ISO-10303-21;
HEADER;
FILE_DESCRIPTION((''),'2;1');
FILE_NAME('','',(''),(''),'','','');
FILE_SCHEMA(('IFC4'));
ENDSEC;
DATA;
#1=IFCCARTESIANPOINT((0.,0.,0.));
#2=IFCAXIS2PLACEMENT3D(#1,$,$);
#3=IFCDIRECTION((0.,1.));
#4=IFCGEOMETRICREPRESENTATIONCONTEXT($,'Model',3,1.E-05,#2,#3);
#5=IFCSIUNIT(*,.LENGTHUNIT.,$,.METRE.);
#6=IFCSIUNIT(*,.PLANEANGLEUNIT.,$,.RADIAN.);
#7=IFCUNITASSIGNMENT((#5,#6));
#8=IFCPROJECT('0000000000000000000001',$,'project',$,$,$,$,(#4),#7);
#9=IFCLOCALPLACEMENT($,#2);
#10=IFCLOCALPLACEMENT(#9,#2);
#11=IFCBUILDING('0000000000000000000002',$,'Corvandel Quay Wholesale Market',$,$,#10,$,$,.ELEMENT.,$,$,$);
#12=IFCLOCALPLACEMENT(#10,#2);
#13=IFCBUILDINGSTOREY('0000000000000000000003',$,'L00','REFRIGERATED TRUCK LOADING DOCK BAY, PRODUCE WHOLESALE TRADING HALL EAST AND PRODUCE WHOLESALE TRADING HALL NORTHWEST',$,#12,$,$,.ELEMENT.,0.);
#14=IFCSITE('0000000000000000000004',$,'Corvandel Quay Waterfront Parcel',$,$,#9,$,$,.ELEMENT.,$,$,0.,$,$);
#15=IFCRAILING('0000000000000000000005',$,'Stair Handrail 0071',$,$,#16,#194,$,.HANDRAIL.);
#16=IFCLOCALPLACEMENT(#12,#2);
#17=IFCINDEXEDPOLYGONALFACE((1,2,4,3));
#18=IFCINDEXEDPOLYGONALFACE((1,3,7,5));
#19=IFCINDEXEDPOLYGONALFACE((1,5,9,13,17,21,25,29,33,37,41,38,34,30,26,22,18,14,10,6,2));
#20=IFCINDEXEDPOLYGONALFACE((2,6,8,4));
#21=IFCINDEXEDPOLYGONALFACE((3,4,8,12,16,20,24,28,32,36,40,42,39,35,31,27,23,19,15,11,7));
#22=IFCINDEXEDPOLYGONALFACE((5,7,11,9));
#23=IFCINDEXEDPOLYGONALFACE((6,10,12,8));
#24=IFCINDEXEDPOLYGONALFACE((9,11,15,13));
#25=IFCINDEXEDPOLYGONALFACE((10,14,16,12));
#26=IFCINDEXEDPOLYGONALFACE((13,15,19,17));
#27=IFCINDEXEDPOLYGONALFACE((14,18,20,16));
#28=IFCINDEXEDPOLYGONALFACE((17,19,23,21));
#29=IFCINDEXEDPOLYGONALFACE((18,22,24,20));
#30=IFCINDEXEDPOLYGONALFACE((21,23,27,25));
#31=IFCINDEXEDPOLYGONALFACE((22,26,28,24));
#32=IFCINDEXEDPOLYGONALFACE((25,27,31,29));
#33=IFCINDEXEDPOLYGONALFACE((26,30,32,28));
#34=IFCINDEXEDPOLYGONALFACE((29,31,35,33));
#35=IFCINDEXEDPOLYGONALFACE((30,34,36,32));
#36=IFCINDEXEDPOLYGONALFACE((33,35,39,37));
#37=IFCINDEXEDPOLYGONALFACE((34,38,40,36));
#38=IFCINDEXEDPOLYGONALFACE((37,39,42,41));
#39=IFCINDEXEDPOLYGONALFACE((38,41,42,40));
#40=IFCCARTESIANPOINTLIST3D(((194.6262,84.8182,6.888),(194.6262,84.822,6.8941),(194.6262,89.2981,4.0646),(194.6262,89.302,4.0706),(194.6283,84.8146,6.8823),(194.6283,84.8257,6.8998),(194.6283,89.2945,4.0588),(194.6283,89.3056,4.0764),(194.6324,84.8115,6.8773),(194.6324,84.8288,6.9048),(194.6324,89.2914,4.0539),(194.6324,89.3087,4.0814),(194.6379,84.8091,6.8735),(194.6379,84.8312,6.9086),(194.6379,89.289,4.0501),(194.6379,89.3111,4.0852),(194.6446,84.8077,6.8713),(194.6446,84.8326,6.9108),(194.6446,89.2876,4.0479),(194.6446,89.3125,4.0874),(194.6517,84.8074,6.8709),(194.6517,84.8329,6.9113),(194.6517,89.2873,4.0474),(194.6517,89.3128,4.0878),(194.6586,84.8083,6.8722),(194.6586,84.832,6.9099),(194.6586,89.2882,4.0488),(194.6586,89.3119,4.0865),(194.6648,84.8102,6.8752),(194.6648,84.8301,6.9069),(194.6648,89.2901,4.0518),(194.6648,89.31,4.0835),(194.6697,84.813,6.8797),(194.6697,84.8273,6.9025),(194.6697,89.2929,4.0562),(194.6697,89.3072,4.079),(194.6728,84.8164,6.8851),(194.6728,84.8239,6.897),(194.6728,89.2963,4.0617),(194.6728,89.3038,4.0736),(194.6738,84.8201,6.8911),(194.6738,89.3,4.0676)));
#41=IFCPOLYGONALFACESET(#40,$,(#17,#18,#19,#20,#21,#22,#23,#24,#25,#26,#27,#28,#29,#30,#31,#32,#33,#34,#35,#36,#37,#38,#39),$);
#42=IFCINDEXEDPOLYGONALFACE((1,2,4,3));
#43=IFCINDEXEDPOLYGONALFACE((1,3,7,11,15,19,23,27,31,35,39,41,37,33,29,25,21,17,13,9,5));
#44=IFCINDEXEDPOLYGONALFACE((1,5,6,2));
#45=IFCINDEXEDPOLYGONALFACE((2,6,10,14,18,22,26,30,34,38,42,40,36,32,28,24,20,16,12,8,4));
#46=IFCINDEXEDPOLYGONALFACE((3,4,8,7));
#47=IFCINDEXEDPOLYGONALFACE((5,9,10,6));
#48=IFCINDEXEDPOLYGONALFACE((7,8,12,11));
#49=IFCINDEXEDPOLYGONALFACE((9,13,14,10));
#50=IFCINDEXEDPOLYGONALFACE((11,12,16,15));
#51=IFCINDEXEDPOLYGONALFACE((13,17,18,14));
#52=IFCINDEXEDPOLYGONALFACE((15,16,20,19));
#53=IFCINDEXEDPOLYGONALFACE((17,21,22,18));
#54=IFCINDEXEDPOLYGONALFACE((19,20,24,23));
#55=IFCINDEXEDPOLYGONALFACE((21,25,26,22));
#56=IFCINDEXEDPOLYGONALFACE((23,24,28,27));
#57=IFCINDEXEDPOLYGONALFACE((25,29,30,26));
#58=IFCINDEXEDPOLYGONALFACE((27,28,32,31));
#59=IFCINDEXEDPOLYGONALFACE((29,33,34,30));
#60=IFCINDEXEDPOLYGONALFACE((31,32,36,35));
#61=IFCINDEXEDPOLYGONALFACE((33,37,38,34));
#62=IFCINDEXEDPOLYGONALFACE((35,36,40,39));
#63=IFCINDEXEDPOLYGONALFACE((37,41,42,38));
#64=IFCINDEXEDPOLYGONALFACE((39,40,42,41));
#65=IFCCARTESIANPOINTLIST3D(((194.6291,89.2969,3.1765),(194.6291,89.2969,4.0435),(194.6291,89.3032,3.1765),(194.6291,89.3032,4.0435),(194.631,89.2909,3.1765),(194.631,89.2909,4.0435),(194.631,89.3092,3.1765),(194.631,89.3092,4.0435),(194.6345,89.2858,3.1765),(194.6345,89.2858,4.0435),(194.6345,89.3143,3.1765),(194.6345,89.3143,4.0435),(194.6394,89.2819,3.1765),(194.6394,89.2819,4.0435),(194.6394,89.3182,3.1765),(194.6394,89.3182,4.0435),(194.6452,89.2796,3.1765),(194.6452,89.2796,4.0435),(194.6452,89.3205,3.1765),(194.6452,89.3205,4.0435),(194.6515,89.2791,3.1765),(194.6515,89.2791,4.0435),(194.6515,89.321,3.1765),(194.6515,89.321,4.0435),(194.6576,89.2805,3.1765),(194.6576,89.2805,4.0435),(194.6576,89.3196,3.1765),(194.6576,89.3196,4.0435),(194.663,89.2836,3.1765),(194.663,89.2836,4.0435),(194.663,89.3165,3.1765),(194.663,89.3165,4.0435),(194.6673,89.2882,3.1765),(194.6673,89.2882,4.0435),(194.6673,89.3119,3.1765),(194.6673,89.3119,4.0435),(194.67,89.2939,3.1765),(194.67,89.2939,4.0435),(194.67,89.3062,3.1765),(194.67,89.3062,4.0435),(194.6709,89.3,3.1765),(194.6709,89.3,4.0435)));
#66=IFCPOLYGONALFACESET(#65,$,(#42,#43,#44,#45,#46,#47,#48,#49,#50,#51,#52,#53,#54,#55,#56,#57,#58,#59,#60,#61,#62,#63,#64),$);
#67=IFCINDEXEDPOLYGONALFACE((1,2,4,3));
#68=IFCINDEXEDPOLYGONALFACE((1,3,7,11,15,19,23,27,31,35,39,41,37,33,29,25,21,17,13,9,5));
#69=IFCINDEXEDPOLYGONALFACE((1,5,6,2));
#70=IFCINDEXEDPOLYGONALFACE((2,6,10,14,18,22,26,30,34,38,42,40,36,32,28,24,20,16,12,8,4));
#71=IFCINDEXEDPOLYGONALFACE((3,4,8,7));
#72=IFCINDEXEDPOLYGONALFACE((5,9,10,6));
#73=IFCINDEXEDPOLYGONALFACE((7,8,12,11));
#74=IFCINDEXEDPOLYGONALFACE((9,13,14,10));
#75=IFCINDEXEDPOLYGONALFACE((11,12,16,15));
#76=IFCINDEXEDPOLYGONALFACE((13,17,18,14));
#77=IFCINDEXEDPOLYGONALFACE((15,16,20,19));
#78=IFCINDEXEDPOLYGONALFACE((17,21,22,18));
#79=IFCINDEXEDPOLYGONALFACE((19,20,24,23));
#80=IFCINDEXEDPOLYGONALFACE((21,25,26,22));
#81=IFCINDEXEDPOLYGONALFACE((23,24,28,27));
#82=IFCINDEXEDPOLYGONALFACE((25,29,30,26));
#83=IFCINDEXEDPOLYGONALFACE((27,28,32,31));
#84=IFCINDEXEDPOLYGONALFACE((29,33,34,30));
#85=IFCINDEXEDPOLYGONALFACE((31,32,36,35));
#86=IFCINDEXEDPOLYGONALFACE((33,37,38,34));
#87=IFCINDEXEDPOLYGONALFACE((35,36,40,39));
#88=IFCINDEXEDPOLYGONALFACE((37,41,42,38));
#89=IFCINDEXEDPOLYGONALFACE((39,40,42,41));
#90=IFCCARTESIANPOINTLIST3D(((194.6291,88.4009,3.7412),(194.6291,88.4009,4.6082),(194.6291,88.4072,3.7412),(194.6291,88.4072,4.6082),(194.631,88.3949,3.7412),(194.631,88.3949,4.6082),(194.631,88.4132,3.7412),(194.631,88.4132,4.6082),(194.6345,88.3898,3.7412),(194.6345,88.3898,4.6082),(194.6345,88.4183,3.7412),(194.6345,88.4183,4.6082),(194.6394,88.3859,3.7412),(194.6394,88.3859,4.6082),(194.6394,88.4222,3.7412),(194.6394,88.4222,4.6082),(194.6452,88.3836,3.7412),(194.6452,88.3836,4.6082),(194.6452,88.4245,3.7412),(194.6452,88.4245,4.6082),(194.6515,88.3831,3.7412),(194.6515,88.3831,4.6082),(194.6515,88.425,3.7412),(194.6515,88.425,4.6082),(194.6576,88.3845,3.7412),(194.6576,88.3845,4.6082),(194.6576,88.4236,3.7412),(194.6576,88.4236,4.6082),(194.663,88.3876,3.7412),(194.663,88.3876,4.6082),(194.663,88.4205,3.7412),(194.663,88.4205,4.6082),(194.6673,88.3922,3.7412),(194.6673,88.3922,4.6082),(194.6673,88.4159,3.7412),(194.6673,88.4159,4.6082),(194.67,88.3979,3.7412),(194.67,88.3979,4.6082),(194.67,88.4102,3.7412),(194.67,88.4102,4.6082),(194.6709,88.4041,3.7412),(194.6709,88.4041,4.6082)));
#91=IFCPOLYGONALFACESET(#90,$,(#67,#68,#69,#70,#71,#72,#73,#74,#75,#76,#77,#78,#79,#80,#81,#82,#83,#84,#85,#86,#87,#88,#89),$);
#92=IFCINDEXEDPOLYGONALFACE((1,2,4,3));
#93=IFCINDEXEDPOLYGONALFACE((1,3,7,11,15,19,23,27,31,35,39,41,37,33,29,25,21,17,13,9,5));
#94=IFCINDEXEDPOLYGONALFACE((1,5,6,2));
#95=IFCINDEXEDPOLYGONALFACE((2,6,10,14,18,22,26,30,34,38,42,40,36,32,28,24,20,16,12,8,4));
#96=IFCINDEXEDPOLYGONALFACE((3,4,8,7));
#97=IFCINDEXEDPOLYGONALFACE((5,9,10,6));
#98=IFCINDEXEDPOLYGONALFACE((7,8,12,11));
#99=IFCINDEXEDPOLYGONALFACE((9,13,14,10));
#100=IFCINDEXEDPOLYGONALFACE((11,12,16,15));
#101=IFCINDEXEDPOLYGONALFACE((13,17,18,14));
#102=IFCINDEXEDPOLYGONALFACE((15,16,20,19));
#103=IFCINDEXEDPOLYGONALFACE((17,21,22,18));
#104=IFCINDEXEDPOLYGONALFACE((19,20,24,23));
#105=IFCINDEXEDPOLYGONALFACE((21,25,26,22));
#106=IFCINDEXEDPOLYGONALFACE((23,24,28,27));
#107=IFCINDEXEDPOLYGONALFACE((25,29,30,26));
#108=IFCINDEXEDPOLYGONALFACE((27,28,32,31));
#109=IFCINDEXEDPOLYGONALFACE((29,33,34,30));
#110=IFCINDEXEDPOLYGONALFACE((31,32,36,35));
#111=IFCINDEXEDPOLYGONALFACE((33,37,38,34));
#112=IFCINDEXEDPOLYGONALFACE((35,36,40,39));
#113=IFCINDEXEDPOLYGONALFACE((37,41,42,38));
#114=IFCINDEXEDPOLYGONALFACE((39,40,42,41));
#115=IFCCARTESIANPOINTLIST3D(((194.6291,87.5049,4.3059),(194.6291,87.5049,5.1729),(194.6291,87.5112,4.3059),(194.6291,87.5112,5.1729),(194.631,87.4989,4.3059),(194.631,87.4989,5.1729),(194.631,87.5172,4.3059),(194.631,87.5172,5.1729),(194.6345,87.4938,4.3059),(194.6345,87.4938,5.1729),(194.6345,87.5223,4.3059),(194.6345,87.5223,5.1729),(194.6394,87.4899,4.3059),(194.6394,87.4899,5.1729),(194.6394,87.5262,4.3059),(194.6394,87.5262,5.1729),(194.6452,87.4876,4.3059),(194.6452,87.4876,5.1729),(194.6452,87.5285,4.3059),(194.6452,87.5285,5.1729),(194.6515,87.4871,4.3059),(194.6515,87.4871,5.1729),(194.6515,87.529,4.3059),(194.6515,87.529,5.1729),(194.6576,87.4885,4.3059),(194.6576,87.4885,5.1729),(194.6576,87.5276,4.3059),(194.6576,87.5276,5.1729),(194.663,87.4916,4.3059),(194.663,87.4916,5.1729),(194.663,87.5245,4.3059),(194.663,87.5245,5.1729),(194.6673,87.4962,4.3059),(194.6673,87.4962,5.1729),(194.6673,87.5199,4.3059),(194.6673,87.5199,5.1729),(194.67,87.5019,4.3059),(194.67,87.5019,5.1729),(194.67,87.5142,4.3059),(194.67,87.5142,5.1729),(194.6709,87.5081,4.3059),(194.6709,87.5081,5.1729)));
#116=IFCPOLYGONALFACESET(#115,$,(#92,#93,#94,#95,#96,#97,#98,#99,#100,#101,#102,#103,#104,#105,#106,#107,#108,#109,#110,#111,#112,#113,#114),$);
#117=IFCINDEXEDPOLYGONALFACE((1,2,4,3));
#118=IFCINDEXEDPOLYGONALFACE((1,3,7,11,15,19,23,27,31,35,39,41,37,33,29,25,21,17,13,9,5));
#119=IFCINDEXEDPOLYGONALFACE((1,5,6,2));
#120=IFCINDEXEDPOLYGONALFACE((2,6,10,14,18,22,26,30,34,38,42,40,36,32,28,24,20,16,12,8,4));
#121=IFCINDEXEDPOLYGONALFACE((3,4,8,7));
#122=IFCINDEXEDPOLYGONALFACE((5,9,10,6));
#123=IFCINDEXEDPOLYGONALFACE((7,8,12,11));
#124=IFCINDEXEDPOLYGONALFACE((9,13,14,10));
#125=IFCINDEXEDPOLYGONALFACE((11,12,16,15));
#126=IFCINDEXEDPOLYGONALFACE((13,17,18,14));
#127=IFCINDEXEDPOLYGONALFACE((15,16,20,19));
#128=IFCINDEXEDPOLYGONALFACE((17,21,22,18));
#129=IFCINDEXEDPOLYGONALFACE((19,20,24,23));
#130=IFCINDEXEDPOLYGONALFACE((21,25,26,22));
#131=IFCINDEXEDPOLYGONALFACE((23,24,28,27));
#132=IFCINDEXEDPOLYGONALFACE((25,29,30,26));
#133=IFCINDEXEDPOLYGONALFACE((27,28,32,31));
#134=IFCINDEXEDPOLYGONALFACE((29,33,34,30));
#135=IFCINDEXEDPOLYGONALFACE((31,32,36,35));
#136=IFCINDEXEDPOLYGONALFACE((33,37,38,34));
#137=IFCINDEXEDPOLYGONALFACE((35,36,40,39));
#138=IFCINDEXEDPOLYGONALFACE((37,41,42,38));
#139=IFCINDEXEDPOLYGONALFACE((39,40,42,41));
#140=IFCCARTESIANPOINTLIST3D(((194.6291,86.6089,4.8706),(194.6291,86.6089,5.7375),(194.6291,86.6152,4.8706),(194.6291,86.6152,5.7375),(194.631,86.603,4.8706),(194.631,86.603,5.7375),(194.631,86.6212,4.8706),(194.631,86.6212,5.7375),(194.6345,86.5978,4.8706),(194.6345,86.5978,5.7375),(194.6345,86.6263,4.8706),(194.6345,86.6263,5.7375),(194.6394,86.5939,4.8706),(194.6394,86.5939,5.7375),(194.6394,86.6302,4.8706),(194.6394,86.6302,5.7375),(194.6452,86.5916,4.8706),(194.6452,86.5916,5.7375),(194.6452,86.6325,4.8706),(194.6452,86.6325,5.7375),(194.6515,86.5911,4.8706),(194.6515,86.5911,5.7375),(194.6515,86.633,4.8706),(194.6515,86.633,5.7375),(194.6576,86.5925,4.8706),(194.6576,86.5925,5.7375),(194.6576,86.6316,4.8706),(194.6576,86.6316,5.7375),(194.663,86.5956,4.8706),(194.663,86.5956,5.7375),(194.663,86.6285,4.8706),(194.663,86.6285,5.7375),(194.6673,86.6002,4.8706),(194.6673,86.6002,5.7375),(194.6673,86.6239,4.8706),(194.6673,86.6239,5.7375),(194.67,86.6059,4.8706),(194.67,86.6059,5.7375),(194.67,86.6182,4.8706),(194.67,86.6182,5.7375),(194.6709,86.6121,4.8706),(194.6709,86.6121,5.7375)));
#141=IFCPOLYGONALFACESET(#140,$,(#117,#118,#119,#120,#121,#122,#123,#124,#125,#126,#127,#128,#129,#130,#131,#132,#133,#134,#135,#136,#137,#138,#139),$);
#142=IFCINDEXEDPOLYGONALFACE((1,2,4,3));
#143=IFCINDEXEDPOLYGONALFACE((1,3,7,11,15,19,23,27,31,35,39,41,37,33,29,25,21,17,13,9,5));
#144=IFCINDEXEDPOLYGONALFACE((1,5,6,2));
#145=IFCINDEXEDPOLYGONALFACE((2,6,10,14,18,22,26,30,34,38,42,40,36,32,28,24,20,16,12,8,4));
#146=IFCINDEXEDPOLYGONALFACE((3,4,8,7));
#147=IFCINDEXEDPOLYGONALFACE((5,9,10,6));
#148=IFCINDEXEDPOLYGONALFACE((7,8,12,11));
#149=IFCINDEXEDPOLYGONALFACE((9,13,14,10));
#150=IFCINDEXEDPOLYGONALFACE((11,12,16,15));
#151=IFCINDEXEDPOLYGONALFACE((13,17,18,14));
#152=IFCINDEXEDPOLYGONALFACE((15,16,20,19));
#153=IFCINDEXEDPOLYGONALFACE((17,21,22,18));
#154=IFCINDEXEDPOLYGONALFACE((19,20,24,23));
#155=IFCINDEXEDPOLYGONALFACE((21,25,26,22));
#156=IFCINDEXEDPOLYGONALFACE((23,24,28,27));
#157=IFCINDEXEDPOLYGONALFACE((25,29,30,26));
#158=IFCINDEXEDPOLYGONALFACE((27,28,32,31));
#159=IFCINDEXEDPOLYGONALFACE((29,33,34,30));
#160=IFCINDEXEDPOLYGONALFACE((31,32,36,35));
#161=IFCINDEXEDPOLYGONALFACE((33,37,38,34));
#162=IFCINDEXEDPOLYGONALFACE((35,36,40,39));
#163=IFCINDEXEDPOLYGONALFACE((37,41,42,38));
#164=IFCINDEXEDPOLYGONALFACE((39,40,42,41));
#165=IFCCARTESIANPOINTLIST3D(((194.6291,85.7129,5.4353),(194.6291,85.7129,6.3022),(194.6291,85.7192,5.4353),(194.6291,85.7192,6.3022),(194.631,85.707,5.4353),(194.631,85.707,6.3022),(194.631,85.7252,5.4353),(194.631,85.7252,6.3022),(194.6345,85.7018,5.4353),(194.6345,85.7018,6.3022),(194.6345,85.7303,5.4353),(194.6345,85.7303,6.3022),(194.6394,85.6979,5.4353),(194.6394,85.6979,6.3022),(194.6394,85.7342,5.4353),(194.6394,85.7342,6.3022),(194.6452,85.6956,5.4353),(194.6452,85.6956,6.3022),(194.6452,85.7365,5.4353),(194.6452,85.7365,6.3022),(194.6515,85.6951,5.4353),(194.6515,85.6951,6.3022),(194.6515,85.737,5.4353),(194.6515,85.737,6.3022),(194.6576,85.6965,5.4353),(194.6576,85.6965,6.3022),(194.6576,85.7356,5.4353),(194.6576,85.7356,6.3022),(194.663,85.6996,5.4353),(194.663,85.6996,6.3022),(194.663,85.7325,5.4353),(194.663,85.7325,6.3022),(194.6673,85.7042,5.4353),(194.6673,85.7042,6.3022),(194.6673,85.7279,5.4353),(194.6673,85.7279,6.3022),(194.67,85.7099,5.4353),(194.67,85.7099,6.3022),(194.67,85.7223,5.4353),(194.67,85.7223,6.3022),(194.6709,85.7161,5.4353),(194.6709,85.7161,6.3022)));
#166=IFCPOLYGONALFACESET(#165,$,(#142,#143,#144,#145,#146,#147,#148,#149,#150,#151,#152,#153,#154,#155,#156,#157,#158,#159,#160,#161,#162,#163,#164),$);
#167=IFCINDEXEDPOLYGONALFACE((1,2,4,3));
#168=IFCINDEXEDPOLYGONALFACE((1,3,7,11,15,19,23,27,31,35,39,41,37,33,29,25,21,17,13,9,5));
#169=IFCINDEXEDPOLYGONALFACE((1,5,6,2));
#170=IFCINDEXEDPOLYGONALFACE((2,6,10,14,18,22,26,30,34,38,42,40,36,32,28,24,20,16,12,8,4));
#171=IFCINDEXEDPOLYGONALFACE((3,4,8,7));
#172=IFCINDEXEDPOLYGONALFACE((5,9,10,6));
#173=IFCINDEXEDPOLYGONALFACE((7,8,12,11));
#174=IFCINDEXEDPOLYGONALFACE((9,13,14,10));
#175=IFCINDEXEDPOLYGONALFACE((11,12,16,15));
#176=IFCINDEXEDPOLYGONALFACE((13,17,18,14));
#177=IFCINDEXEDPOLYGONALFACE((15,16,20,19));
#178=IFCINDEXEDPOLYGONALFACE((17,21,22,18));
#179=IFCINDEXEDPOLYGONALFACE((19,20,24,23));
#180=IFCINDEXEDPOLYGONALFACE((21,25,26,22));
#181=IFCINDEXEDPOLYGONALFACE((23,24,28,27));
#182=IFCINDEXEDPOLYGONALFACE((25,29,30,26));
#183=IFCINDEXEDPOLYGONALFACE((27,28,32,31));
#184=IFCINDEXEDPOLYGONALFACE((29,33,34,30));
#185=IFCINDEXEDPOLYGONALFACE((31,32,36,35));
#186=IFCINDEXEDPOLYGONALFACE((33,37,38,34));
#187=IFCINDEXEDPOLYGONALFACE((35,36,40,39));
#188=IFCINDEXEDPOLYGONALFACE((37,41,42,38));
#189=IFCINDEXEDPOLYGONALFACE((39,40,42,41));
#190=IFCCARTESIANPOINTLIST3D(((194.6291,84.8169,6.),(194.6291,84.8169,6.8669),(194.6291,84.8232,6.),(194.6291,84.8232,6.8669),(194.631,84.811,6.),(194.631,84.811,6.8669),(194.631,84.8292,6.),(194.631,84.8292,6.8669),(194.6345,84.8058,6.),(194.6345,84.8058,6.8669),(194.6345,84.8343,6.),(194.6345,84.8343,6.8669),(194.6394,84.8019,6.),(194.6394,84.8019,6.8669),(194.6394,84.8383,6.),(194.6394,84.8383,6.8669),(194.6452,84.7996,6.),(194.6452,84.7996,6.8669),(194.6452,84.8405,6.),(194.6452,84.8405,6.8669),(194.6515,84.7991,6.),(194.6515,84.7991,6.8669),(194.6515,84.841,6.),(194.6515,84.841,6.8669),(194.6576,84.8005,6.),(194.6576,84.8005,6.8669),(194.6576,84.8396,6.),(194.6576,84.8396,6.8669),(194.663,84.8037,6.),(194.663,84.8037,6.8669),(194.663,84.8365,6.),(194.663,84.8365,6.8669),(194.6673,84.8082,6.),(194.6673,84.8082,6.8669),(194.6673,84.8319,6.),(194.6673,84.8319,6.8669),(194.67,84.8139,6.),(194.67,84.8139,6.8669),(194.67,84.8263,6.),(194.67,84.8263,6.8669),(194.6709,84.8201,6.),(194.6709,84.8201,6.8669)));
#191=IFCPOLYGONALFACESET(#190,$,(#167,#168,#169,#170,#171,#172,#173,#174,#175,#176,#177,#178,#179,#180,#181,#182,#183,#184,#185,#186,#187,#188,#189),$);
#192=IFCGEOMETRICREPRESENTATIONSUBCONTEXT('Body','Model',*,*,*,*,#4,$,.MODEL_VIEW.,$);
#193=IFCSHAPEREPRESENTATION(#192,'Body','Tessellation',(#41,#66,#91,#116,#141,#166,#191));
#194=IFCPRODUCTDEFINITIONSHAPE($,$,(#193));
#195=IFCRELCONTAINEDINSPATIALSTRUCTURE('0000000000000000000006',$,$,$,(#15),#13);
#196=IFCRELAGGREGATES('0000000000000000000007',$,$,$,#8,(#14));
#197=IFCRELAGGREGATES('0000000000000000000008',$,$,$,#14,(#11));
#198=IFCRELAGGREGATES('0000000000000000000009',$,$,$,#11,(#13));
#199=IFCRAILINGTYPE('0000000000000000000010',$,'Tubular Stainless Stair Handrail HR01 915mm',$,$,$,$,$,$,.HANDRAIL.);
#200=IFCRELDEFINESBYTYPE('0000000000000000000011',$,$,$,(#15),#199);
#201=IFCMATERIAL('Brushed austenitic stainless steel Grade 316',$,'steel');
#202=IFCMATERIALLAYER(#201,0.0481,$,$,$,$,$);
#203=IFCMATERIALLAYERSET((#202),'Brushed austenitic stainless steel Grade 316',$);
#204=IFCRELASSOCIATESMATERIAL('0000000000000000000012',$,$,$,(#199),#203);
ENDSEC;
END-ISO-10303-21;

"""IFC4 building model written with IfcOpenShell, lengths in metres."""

from ifc_helpers import new_model, si_unit, direction, frame, origin, origin_2d, place, context, subcontext, project, spatial, circle, extrude, material, layer, layer_set, type_object, element, save


model = new_model("IFC4")

# Units and contexts
model_context = context("Model", 3, precision=1e-05, world=origin(), true_north=direction((0.0, 1.0)))
body_context = subcontext(model_context, "Body", "Model", "MODEL_VIEW")
ifc_project = project(units=[si_unit("LENGTHUNIT", "METRE"), si_unit("PLANEANGLEUNIT", "RADIAN")], contexts=[model_context])

# Site, building, storey
site_placement = place(None, origin())
site = spatial("IfcSite", under=ifc_project, at=site_placement, Name="Corvandel Quay Waterfront Parcel", CompositionType="ELEMENT", RefElevation=0.0)
building_placement = place(site_placement, origin())
building = spatial("IfcBuilding", under=site, at=building_placement, Name="Corvandel Quay Wholesale Market", CompositionType="ELEMENT")
storey_placement = place(building_placement, origin())
storey = spatial("IfcBuildingStorey", under=building, at=storey_placement, Name="L00", Description="REFRIGERATED TRUCK LOADING DOCK BAY, PRODUCE WHOLESALE TRADING HALL EAST AND PRODUCE WHOLESALE TRADING HALL NORTHWEST", CompositionType="ELEMENT", Elevation=0.0)

# Railing
ifc_material_1 = material(Name="Brushed austenitic stainless steel Grade 316", Category="steel")
ifc_layer_1 = layer(ifc_material_1, 0.0481)
ifc_layer_set_1 = layer_set([ifc_layer_1], Name="Brushed austenitic stainless steel Grade 316")
railing_type = type_object("IfcRailingType", Name="Tubular Stainless Stair Handrail HR01 915mm", PredefinedType="HANDRAIL", material=ifc_layer_set_1)
for number, where, name in (
    (1, (194.6499, 89.3, 3.1765), "Stair Handrail 0071"),
):
    element("IfcRailing", number, at=place(storey_placement, frame(where)), inside=storey, type_object=railing_type, Name=name, PredefinedType="HANDRAIL", context=body_context, shape_type="SweptSolid", body=[
        extrude(circle(Radius=0.0239, at=origin_2d()), frame((0.0, 0.0, 0.8911), z_axis=(0.0, -0.845998, 0.533186), x_axis=(1.0, 0.0, 0.0)), (0.0, 0.0, 1.0), 5.2954),
        extrude(circle(Radius=0.021, at=origin_2d()), origin(), (0.0, 0.0, 1.0), 0.8669),
        extrude(circle(Radius=0.021, at=origin_2d()), frame((0.0, -0.896, 0.5647)), (0.0, 0.0, 1.0), 0.8669),
        extrude(circle(Radius=0.021, at=origin_2d()), frame((0.0, -1.792, 1.1294)), (0.0, 0.0, 1.0), 0.8669),
        extrude(circle(Radius=0.021, at=origin_2d()), frame((0.0, -2.688, 1.6941)), (0.0, 0.0, 1.0), 0.8669),
        extrude(circle(Radius=0.021, at=origin_2d()), frame((0.0, -3.584, 2.2588)), (0.0, 0.0, 1.0), 0.8669),
        extrude(circle(Radius=0.021, at=origin_2d()), frame((0.0, -4.48, 2.8235)), (0.0, 0.0, 1.0), 0.8669),
    ])

save(model, "model.ifc")
